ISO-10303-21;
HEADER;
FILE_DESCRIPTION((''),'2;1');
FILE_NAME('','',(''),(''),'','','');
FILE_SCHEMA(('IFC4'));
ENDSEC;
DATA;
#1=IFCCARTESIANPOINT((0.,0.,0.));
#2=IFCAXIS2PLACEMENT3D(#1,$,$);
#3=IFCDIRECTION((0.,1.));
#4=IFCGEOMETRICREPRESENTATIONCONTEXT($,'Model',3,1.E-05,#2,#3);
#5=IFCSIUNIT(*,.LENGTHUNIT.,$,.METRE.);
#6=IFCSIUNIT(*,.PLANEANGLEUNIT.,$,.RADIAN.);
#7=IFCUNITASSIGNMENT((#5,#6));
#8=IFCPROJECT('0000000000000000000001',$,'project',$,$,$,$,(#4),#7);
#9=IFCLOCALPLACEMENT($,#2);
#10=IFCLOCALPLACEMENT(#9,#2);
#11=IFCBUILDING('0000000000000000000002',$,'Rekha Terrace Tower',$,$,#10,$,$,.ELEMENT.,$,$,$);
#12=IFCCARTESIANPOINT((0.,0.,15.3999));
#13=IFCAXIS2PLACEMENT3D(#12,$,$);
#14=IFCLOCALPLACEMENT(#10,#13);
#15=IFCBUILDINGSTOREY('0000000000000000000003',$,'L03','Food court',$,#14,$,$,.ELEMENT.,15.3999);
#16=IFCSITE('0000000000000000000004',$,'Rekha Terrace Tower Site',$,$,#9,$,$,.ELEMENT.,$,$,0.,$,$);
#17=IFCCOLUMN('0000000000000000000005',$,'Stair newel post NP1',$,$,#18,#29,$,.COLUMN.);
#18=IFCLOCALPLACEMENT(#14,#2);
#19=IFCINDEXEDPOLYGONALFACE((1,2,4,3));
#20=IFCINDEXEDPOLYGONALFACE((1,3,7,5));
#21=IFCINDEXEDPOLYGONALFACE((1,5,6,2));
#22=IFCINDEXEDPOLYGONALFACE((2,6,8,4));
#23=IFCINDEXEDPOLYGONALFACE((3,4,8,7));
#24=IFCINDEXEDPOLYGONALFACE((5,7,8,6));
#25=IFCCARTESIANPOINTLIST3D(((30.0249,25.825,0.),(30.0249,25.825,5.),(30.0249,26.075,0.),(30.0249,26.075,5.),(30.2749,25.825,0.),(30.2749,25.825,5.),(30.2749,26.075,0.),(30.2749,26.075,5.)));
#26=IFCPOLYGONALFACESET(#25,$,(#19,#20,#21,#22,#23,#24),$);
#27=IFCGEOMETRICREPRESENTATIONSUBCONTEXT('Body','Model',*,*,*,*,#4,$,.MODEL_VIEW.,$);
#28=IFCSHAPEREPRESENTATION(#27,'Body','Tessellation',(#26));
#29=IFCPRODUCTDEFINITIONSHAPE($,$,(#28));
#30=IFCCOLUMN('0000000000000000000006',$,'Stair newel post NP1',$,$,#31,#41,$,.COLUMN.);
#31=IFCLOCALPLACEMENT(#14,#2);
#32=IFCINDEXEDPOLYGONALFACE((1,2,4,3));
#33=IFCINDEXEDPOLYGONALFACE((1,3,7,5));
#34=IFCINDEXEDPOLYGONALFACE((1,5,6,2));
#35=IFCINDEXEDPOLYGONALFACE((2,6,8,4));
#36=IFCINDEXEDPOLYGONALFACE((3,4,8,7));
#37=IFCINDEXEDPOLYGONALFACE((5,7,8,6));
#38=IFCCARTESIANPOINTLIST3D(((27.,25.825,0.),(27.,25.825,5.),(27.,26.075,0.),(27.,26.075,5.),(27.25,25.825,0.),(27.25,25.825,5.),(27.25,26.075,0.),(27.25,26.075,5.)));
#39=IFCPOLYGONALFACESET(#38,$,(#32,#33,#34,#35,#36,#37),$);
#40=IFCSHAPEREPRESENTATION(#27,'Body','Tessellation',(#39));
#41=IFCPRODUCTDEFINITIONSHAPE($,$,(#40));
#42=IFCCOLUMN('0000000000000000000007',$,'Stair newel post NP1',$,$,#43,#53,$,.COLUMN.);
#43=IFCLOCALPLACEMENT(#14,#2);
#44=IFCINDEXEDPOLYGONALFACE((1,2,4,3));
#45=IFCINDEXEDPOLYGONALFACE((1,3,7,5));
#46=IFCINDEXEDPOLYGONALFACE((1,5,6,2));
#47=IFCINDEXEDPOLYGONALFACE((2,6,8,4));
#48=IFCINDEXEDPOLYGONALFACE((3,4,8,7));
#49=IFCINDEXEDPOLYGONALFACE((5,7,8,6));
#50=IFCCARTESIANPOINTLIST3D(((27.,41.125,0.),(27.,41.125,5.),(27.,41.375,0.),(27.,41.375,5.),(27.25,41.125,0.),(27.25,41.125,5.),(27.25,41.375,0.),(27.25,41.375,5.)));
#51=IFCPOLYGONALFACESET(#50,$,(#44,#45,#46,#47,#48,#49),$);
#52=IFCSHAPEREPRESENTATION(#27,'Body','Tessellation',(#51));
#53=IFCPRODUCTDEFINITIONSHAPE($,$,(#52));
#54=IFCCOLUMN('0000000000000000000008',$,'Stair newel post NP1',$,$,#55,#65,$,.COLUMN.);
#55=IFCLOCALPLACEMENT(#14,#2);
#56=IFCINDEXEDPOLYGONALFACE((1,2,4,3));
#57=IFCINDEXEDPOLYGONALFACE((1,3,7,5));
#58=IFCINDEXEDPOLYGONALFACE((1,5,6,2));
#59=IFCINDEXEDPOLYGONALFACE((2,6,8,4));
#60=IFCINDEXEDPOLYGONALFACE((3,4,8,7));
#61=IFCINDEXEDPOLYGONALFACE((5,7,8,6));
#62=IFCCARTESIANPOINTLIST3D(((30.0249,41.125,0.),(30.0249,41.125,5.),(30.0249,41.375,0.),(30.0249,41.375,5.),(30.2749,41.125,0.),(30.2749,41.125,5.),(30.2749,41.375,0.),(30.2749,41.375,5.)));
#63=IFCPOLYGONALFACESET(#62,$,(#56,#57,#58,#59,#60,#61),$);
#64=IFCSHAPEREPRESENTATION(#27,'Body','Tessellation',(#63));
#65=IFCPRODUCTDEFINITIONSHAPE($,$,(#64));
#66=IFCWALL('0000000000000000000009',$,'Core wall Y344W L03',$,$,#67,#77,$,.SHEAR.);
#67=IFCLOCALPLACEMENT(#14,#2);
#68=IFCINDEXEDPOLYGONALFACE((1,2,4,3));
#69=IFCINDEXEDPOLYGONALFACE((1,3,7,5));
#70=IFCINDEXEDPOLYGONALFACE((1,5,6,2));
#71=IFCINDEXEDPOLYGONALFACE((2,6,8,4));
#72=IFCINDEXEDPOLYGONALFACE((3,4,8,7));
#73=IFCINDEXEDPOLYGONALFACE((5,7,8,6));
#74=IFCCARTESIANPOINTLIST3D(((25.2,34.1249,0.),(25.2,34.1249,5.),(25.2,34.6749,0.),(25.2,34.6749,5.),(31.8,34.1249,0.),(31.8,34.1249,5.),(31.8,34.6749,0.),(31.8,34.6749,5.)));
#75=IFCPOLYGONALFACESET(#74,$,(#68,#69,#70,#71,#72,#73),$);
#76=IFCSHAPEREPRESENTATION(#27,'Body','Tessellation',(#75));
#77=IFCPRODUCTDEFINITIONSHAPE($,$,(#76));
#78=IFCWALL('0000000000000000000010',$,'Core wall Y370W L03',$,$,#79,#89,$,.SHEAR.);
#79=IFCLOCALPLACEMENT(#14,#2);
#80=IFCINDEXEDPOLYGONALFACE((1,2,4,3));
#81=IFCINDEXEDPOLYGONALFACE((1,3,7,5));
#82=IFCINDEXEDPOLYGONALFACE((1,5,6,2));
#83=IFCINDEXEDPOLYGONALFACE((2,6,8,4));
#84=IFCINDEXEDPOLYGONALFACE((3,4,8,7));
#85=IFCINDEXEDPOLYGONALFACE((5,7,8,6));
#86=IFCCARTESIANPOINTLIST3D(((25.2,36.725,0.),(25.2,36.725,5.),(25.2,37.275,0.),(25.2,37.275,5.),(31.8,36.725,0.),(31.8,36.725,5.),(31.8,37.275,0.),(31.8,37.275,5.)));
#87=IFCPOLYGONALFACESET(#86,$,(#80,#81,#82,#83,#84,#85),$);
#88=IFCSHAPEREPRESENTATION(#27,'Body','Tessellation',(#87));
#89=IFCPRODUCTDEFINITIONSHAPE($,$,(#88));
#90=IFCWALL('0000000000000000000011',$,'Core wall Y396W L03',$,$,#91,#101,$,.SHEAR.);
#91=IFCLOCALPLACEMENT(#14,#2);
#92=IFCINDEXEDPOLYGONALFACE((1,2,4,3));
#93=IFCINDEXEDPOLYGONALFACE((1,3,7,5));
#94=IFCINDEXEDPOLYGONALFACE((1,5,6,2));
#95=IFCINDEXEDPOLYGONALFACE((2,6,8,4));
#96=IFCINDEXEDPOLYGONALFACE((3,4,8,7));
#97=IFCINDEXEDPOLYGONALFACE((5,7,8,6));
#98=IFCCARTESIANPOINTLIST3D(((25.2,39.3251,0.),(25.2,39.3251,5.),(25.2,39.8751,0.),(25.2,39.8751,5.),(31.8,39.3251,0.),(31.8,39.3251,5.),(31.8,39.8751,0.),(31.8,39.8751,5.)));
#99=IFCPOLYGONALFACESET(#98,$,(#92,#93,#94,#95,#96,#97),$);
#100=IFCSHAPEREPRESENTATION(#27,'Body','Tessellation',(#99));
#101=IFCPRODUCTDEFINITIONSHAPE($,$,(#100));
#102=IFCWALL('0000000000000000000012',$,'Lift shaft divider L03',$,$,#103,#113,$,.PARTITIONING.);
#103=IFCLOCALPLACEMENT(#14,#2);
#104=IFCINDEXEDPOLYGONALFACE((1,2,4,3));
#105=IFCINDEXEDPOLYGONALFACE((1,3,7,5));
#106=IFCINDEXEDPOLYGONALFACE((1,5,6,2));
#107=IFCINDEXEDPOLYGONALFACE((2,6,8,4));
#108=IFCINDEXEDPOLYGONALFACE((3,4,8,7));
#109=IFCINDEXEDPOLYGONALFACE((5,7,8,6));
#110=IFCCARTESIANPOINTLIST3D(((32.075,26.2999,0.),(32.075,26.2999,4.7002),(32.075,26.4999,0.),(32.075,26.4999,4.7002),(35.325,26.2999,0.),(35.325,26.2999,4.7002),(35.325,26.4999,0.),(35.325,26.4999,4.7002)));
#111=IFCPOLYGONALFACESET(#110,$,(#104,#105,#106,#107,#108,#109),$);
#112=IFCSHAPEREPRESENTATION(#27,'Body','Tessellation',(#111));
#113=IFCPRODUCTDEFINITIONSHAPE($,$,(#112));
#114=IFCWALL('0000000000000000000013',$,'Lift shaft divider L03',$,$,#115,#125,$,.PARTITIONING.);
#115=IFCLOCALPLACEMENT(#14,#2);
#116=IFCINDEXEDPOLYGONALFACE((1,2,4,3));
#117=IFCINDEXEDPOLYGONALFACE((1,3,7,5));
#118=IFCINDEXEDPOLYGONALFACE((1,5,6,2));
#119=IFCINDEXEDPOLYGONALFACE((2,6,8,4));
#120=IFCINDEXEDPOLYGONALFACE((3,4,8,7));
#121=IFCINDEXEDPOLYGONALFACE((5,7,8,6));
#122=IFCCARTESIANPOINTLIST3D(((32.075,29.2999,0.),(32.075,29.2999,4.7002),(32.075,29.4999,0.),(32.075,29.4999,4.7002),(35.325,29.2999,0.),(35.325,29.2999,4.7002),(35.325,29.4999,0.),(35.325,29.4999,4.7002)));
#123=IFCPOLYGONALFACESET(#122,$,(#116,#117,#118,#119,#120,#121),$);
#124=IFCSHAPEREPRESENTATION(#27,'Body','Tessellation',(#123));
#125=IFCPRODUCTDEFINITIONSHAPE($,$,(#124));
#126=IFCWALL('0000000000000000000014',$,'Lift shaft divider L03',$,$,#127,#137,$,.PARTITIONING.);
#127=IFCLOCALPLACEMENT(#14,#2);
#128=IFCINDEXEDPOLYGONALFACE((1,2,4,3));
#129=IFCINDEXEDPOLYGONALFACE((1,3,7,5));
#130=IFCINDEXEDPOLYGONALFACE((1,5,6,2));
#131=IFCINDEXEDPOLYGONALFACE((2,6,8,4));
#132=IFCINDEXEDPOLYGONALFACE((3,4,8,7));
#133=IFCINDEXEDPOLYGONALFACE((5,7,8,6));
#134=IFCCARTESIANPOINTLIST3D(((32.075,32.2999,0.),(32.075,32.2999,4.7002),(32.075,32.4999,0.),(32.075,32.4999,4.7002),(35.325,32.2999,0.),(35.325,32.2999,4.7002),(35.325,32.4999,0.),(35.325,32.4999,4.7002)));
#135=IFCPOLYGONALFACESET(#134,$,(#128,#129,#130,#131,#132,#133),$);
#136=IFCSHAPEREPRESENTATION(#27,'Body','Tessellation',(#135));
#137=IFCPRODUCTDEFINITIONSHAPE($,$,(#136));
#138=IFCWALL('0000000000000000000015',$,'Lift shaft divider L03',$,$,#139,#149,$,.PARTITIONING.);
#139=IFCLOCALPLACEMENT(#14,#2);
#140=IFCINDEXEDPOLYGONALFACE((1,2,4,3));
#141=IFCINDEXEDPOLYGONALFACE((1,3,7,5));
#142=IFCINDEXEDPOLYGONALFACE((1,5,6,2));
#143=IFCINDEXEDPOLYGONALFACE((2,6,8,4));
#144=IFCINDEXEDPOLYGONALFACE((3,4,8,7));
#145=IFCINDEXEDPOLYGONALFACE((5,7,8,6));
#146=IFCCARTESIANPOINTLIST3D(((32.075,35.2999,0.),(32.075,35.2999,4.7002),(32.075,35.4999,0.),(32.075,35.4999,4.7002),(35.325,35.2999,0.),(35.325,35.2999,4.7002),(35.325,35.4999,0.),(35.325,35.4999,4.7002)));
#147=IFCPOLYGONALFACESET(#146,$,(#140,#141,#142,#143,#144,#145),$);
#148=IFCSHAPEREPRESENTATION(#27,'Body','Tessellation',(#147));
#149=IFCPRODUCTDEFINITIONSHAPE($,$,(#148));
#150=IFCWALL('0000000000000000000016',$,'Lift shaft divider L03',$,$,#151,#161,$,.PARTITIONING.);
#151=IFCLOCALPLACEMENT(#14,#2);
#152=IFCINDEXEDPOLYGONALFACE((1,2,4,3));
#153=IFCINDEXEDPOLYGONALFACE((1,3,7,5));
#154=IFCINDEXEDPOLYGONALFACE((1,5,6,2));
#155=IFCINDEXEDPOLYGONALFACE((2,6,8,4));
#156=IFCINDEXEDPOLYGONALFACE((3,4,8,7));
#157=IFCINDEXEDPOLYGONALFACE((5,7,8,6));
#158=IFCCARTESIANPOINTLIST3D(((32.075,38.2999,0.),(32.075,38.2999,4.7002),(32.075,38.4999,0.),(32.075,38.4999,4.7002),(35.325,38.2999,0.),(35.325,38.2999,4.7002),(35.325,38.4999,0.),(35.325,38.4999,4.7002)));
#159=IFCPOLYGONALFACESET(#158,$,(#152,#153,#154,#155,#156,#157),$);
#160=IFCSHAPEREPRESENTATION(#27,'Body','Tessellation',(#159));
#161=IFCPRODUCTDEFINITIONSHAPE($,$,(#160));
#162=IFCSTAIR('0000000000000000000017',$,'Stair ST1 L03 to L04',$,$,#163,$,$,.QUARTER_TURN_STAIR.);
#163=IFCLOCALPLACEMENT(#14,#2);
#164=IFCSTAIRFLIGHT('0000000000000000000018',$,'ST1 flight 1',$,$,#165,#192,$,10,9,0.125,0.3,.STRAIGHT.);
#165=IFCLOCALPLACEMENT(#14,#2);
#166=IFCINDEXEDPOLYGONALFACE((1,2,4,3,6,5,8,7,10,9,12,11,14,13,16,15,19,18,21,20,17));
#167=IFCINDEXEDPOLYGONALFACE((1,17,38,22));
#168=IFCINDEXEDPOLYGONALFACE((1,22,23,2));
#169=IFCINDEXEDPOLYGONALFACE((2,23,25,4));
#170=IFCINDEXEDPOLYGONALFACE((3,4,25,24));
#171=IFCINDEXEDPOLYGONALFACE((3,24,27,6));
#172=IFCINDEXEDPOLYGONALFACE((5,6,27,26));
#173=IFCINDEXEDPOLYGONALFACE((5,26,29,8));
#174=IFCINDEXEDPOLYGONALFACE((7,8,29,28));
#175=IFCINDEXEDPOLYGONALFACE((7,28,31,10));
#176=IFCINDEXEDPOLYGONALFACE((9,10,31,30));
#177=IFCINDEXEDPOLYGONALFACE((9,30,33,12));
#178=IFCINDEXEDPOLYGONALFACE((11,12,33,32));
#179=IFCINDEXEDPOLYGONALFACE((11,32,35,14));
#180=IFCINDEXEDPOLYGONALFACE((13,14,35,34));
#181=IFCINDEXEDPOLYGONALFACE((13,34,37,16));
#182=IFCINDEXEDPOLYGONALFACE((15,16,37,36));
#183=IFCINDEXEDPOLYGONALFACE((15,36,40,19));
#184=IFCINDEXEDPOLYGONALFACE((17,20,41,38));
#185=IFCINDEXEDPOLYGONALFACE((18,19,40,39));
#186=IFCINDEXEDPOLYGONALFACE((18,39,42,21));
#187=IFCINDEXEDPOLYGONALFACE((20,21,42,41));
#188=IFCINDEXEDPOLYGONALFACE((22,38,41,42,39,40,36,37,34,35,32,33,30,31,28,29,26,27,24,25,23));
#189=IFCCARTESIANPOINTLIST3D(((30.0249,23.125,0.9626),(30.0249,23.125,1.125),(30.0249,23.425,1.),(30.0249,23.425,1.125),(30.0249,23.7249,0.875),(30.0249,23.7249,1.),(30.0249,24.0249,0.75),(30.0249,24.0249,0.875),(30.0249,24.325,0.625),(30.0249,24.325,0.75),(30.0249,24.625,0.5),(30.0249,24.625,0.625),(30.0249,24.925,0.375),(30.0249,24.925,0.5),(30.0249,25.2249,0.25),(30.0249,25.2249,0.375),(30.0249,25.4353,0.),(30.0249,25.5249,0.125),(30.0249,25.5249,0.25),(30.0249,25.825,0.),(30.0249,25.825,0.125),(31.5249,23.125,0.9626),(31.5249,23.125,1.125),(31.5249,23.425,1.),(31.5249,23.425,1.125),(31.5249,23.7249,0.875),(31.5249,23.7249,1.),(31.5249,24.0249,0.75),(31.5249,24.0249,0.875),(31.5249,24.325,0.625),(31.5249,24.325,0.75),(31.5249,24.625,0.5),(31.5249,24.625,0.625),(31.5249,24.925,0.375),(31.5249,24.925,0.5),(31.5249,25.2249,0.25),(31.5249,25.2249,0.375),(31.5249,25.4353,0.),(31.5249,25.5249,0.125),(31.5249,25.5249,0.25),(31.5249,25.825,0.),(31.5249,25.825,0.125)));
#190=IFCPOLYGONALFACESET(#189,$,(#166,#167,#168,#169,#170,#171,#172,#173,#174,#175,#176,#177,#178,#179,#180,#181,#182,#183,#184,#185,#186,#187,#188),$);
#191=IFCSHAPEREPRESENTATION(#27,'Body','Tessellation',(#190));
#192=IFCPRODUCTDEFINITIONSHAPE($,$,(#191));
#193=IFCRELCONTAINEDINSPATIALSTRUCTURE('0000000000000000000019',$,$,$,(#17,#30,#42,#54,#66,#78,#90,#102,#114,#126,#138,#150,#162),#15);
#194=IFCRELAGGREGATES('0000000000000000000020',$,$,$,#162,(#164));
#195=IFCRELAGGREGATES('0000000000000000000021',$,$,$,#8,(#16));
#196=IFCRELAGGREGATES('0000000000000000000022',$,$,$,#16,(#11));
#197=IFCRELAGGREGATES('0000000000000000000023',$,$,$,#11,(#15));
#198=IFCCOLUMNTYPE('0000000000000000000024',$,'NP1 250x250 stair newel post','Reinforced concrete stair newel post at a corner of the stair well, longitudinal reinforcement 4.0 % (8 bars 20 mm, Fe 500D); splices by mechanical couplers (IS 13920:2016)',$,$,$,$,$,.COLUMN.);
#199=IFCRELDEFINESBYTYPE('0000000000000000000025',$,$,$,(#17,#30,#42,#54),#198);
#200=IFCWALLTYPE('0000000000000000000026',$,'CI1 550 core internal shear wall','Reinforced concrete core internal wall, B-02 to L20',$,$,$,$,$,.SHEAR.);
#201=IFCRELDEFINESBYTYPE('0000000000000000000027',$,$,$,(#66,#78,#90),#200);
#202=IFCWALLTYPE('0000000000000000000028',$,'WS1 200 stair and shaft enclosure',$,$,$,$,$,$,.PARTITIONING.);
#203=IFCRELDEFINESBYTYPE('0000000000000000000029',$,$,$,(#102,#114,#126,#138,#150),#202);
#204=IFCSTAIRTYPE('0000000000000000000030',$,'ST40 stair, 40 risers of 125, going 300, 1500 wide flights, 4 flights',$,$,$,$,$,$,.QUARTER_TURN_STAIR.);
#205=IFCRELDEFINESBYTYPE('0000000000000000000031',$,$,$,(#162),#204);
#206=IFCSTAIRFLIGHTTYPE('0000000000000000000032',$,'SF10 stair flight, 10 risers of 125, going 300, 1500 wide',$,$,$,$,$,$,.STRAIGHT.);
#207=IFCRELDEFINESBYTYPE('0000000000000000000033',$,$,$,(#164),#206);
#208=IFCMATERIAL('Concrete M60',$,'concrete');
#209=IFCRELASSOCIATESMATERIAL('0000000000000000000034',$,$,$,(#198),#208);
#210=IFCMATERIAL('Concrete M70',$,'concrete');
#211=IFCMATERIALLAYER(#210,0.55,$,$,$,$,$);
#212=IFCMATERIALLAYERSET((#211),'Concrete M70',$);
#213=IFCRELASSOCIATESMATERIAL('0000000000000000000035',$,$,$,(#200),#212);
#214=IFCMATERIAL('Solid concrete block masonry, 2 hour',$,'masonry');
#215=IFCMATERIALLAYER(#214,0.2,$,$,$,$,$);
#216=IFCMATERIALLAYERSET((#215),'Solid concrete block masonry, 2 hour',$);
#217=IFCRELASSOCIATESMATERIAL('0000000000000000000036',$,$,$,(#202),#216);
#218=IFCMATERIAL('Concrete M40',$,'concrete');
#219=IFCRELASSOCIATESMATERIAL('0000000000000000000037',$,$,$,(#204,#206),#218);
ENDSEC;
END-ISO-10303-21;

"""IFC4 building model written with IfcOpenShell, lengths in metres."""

from ifc_helpers import new_model, si_unit, direction, frame, frame_2d, origin, origin_2d, place, context, subcontext, project, spatial, polyline, rectangle, outline, extrude, material, layer, layer_set, material_profile, profile_set, type_object, element, aggregate, save


model = new_model("IFC4")

# Units and contexts
model_context = context("Model", 3, precision=1e-05, world=origin(), true_north=direction((0.0, 1.0)))
body_context = subcontext(model_context, "Body", "Model", "MODEL_VIEW")
ifc_project = project(units=[si_unit("LENGTHUNIT", "METRE"), si_unit("PLANEANGLEUNIT", "RADIAN")], contexts=[model_context])

# Site, building, storey
site_placement = place(None, origin())
site = spatial("IfcSite", under=ifc_project, at=site_placement, Name="Rekha Terrace Tower Site", CompositionType="ELEMENT", RefElevation=0.0)
building_placement = place(site_placement, origin())
building = spatial("IfcBuilding", under=site, at=building_placement, Name="Rekha Terrace Tower", CompositionType="ELEMENT")
storey_placement = place(building_placement, frame((0.0, 0.0, 15.3999)))
storey = spatial("IfcBuildingStorey", under=building, at=storey_placement, Name="L03", Description="Food court", CompositionType="ELEMENT", Elevation=15.3999)

# Columns
ifc_material_1 = material(Name="Concrete M60", Category="concrete")
ifc_material_profile = material_profile(ifc_material_1, rectangle(XDim=0.25, YDim=0.25, at=origin_2d()), Name="RC 250x250")
ifc_profile_set = profile_set([ifc_material_profile], Name="Concrete M60")
column_type = type_object("IfcColumnType", Name="NP1 250x250 stair newel post", Description="Reinforced concrete stair newel post at a corner of the stair well, longitudinal reinforcement 4.0 % (8 bars 20 mm, Fe 500D); splices by mechanical couplers (IS 13920:2016)", PredefinedType="COLUMN", material=ifc_profile_set)
for number, where, z_axis, x_axis, name in (
    (1, (30.1499, 25.95, 0.0), (0.0, 0.0, 1.0), (1.0, 0.0, 0.0), "Stair newel post NP1"),
    (2, (27.125, 25.95, 0.0), (0.0, 0.0, 1.0), (1.0, 0.0, 0.0), "Stair newel post NP1"),
    (3, (27.125, 41.25, 0.0), (0.0, 0.0, 1.0), (1.0, 0.0, 0.0), "Stair newel post NP1"),
    (4, (30.1499, 41.25, 0.0), (0.0, 0.0, 1.0), (1.0, 0.0, 0.0), "Stair newel post NP1"),
):
    element("IfcColumn", number, at=place(storey_placement, frame(where, z_axis=z_axis, x_axis=x_axis)), inside=storey, type_object=column_type, Name=name, PredefinedType="COLUMN", context=body_context, shape_type="SweptSolid", body=[
        extrude(rectangle(XDim=0.25, YDim=0.25, at=origin_2d()), origin(), (0.0, 0.0, 1.0), 5.0),
    ])

# Walls
ifc_material_2 = material(Name="Concrete M70", Category="concrete")
ifc_layer_1 = layer(ifc_material_2, 0.55)
ifc_layer_set_1 = layer_set([ifc_layer_1], Name="Concrete M70")
wall_type_1 = type_object("IfcWallType", Name="CI1 550 core internal shear wall", Description="Reinforced concrete core internal wall, B-02 to L20", PredefinedType="SHEAR", material=ifc_layer_set_1)
for number, where, z_axis, x_axis, name in (
    (5, (25.2, 34.3999, 0.0), (0.0, 0.0, 1.0), (1.0, 0.0, 0.0), "Core wall Y344W L03"),
    (6, (25.2, 37.0, 0.0), (0.0, 0.0, 1.0), (1.0, 0.0, 0.0), "Core wall Y370W L03"),
    (7, (25.2, 39.6001, 0.0), (0.0, 0.0, 1.0), (1.0, 0.0, 0.0), "Core wall Y396W L03"),
):
    element("IfcWall", number, at=place(storey_placement, frame(where, z_axis=z_axis, x_axis=x_axis)), inside=storey, type_object=wall_type_1, Name=name, PredefinedType="SHEAR", context=body_context, shape_type="SweptSolid", body=[
        extrude(rectangle(XDim=6.6001, YDim=0.55, at=frame_2d((3.3, 0.0))), origin(), (0.0, 0.0, 1.0), 5.0),
    ])
ifc_material_3 = material(Name="Solid concrete block masonry, 2 hour", Category="masonry")
ifc_layer_2 = layer(ifc_material_3, 0.2)
ifc_layer_set_2 = layer_set([ifc_layer_2], Name="Solid concrete block masonry, 2 hour")
wall_type_2 = type_object("IfcWallType", Name="WS1 200 stair and shaft enclosure", PredefinedType="PARTITIONING", material=ifc_layer_set_2)
for number, where, z_axis, x_axis, name in (
    (8, (32.075, 26.3999, 0.0), (0.0, 0.0, 1.0), (1.0, 0.0, 0.0), "Lift shaft divider L03"),
    (9, (32.075, 29.3999, 0.0), (0.0, 0.0, 1.0), (1.0, 0.0, 0.0), "Lift shaft divider L03"),
    (10, (32.075, 32.3999, 0.0), (0.0, 0.0, 1.0), (1.0, 0.0, 0.0), "Lift shaft divider L03"),
    (11, (32.075, 35.3999, 0.0), (0.0, 0.0, 1.0), (1.0, 0.0, 0.0), "Lift shaft divider L03"),
    (12, (32.075, 38.3999, 0.0), (0.0, 0.0, 1.0), (1.0, 0.0, 0.0), "Lift shaft divider L03"),
):
    element("IfcWall", number, at=place(storey_placement, frame(where, z_axis=z_axis, x_axis=x_axis)), inside=storey, type_object=wall_type_2, Name=name, PredefinedType="PARTITIONING", context=body_context, shape_type="SweptSolid", body=[
        extrude(rectangle(XDim=3.25, YDim=0.2, at=frame_2d((1.625, 0.0))), origin(), (0.0, 0.0, 1.0), 4.7002),
    ])

# Stair, stair flight
ifc_material_4 = material(Name="Concrete M40", Category="concrete")
stair_type = type_object("IfcStairType", Name="ST40 stair, 40 risers of 125, going 300, 1500 wide flights, 4 flights", PredefinedType="QUARTER_TURN_STAIR", material=ifc_material_4)
stair_1_placement = place(storey_placement, origin())
stair_1 = element("IfcStair", 13, at=stair_1_placement, inside=storey, type_object=stair_type, Name="Stair ST1 L03 to L04", PredefinedType="QUARTER_TURN_STAIR")
stair_flight_type = type_object("IfcStairFlightType", Name="SF10 stair flight, 10 risers of 125, going 300, 1500 wide", PredefinedType="STRAIGHT", material=ifc_material_4)
stair_flight_1_placement = place(storey_placement, frame((30.7749, 25.825, 0.0), z_axis=(0.0, 0.0, 1.0), x_axis=(0.0, -1.0, 0.0)))
stair_flight_1 = element("IfcStairFlight", 14, at=stair_flight_1_placement, type_object=stair_flight_type, Name="ST1 flight 1", NumberOfRisers=10, NumberOfTreads=9, PredefinedType="STRAIGHT", RiserHeight=0.125, TreadLength=0.3, context=body_context, shape_type="SweptSolid", body=[
    extrude(outline(polyline([(0.0, 0.0), (0.0, 0.125), (0.3, 0.125), (0.3, 0.25), (0.6001, 0.25), (0.6001, 0.375), (0.8999, 0.375), (0.8999, 0.5), (1.2, 0.5), (1.2, 0.625), (1.5, 0.625), (1.5, 0.75), (1.8, 0.75), (1.8, 0.875), (2.1001, 0.875), (2.1001, 1.0), (2.3999, 1.0), (2.3999, 1.125), (2.7, 1.125), (2.7, 1.25), (2.7, 0.9626), (0.3896, 0.0), (0.0, 0.0)])), frame((0.0, 0.75, 0.0), z_axis=(0.0, -1.0, 0.0), x_axis=(1.0, 0.0, 0.0)), (0.0, 0.0, 1.0), 1.5),
])
aggregate(stair_1, [stair_flight_1])

save(model, "model.ifc")
